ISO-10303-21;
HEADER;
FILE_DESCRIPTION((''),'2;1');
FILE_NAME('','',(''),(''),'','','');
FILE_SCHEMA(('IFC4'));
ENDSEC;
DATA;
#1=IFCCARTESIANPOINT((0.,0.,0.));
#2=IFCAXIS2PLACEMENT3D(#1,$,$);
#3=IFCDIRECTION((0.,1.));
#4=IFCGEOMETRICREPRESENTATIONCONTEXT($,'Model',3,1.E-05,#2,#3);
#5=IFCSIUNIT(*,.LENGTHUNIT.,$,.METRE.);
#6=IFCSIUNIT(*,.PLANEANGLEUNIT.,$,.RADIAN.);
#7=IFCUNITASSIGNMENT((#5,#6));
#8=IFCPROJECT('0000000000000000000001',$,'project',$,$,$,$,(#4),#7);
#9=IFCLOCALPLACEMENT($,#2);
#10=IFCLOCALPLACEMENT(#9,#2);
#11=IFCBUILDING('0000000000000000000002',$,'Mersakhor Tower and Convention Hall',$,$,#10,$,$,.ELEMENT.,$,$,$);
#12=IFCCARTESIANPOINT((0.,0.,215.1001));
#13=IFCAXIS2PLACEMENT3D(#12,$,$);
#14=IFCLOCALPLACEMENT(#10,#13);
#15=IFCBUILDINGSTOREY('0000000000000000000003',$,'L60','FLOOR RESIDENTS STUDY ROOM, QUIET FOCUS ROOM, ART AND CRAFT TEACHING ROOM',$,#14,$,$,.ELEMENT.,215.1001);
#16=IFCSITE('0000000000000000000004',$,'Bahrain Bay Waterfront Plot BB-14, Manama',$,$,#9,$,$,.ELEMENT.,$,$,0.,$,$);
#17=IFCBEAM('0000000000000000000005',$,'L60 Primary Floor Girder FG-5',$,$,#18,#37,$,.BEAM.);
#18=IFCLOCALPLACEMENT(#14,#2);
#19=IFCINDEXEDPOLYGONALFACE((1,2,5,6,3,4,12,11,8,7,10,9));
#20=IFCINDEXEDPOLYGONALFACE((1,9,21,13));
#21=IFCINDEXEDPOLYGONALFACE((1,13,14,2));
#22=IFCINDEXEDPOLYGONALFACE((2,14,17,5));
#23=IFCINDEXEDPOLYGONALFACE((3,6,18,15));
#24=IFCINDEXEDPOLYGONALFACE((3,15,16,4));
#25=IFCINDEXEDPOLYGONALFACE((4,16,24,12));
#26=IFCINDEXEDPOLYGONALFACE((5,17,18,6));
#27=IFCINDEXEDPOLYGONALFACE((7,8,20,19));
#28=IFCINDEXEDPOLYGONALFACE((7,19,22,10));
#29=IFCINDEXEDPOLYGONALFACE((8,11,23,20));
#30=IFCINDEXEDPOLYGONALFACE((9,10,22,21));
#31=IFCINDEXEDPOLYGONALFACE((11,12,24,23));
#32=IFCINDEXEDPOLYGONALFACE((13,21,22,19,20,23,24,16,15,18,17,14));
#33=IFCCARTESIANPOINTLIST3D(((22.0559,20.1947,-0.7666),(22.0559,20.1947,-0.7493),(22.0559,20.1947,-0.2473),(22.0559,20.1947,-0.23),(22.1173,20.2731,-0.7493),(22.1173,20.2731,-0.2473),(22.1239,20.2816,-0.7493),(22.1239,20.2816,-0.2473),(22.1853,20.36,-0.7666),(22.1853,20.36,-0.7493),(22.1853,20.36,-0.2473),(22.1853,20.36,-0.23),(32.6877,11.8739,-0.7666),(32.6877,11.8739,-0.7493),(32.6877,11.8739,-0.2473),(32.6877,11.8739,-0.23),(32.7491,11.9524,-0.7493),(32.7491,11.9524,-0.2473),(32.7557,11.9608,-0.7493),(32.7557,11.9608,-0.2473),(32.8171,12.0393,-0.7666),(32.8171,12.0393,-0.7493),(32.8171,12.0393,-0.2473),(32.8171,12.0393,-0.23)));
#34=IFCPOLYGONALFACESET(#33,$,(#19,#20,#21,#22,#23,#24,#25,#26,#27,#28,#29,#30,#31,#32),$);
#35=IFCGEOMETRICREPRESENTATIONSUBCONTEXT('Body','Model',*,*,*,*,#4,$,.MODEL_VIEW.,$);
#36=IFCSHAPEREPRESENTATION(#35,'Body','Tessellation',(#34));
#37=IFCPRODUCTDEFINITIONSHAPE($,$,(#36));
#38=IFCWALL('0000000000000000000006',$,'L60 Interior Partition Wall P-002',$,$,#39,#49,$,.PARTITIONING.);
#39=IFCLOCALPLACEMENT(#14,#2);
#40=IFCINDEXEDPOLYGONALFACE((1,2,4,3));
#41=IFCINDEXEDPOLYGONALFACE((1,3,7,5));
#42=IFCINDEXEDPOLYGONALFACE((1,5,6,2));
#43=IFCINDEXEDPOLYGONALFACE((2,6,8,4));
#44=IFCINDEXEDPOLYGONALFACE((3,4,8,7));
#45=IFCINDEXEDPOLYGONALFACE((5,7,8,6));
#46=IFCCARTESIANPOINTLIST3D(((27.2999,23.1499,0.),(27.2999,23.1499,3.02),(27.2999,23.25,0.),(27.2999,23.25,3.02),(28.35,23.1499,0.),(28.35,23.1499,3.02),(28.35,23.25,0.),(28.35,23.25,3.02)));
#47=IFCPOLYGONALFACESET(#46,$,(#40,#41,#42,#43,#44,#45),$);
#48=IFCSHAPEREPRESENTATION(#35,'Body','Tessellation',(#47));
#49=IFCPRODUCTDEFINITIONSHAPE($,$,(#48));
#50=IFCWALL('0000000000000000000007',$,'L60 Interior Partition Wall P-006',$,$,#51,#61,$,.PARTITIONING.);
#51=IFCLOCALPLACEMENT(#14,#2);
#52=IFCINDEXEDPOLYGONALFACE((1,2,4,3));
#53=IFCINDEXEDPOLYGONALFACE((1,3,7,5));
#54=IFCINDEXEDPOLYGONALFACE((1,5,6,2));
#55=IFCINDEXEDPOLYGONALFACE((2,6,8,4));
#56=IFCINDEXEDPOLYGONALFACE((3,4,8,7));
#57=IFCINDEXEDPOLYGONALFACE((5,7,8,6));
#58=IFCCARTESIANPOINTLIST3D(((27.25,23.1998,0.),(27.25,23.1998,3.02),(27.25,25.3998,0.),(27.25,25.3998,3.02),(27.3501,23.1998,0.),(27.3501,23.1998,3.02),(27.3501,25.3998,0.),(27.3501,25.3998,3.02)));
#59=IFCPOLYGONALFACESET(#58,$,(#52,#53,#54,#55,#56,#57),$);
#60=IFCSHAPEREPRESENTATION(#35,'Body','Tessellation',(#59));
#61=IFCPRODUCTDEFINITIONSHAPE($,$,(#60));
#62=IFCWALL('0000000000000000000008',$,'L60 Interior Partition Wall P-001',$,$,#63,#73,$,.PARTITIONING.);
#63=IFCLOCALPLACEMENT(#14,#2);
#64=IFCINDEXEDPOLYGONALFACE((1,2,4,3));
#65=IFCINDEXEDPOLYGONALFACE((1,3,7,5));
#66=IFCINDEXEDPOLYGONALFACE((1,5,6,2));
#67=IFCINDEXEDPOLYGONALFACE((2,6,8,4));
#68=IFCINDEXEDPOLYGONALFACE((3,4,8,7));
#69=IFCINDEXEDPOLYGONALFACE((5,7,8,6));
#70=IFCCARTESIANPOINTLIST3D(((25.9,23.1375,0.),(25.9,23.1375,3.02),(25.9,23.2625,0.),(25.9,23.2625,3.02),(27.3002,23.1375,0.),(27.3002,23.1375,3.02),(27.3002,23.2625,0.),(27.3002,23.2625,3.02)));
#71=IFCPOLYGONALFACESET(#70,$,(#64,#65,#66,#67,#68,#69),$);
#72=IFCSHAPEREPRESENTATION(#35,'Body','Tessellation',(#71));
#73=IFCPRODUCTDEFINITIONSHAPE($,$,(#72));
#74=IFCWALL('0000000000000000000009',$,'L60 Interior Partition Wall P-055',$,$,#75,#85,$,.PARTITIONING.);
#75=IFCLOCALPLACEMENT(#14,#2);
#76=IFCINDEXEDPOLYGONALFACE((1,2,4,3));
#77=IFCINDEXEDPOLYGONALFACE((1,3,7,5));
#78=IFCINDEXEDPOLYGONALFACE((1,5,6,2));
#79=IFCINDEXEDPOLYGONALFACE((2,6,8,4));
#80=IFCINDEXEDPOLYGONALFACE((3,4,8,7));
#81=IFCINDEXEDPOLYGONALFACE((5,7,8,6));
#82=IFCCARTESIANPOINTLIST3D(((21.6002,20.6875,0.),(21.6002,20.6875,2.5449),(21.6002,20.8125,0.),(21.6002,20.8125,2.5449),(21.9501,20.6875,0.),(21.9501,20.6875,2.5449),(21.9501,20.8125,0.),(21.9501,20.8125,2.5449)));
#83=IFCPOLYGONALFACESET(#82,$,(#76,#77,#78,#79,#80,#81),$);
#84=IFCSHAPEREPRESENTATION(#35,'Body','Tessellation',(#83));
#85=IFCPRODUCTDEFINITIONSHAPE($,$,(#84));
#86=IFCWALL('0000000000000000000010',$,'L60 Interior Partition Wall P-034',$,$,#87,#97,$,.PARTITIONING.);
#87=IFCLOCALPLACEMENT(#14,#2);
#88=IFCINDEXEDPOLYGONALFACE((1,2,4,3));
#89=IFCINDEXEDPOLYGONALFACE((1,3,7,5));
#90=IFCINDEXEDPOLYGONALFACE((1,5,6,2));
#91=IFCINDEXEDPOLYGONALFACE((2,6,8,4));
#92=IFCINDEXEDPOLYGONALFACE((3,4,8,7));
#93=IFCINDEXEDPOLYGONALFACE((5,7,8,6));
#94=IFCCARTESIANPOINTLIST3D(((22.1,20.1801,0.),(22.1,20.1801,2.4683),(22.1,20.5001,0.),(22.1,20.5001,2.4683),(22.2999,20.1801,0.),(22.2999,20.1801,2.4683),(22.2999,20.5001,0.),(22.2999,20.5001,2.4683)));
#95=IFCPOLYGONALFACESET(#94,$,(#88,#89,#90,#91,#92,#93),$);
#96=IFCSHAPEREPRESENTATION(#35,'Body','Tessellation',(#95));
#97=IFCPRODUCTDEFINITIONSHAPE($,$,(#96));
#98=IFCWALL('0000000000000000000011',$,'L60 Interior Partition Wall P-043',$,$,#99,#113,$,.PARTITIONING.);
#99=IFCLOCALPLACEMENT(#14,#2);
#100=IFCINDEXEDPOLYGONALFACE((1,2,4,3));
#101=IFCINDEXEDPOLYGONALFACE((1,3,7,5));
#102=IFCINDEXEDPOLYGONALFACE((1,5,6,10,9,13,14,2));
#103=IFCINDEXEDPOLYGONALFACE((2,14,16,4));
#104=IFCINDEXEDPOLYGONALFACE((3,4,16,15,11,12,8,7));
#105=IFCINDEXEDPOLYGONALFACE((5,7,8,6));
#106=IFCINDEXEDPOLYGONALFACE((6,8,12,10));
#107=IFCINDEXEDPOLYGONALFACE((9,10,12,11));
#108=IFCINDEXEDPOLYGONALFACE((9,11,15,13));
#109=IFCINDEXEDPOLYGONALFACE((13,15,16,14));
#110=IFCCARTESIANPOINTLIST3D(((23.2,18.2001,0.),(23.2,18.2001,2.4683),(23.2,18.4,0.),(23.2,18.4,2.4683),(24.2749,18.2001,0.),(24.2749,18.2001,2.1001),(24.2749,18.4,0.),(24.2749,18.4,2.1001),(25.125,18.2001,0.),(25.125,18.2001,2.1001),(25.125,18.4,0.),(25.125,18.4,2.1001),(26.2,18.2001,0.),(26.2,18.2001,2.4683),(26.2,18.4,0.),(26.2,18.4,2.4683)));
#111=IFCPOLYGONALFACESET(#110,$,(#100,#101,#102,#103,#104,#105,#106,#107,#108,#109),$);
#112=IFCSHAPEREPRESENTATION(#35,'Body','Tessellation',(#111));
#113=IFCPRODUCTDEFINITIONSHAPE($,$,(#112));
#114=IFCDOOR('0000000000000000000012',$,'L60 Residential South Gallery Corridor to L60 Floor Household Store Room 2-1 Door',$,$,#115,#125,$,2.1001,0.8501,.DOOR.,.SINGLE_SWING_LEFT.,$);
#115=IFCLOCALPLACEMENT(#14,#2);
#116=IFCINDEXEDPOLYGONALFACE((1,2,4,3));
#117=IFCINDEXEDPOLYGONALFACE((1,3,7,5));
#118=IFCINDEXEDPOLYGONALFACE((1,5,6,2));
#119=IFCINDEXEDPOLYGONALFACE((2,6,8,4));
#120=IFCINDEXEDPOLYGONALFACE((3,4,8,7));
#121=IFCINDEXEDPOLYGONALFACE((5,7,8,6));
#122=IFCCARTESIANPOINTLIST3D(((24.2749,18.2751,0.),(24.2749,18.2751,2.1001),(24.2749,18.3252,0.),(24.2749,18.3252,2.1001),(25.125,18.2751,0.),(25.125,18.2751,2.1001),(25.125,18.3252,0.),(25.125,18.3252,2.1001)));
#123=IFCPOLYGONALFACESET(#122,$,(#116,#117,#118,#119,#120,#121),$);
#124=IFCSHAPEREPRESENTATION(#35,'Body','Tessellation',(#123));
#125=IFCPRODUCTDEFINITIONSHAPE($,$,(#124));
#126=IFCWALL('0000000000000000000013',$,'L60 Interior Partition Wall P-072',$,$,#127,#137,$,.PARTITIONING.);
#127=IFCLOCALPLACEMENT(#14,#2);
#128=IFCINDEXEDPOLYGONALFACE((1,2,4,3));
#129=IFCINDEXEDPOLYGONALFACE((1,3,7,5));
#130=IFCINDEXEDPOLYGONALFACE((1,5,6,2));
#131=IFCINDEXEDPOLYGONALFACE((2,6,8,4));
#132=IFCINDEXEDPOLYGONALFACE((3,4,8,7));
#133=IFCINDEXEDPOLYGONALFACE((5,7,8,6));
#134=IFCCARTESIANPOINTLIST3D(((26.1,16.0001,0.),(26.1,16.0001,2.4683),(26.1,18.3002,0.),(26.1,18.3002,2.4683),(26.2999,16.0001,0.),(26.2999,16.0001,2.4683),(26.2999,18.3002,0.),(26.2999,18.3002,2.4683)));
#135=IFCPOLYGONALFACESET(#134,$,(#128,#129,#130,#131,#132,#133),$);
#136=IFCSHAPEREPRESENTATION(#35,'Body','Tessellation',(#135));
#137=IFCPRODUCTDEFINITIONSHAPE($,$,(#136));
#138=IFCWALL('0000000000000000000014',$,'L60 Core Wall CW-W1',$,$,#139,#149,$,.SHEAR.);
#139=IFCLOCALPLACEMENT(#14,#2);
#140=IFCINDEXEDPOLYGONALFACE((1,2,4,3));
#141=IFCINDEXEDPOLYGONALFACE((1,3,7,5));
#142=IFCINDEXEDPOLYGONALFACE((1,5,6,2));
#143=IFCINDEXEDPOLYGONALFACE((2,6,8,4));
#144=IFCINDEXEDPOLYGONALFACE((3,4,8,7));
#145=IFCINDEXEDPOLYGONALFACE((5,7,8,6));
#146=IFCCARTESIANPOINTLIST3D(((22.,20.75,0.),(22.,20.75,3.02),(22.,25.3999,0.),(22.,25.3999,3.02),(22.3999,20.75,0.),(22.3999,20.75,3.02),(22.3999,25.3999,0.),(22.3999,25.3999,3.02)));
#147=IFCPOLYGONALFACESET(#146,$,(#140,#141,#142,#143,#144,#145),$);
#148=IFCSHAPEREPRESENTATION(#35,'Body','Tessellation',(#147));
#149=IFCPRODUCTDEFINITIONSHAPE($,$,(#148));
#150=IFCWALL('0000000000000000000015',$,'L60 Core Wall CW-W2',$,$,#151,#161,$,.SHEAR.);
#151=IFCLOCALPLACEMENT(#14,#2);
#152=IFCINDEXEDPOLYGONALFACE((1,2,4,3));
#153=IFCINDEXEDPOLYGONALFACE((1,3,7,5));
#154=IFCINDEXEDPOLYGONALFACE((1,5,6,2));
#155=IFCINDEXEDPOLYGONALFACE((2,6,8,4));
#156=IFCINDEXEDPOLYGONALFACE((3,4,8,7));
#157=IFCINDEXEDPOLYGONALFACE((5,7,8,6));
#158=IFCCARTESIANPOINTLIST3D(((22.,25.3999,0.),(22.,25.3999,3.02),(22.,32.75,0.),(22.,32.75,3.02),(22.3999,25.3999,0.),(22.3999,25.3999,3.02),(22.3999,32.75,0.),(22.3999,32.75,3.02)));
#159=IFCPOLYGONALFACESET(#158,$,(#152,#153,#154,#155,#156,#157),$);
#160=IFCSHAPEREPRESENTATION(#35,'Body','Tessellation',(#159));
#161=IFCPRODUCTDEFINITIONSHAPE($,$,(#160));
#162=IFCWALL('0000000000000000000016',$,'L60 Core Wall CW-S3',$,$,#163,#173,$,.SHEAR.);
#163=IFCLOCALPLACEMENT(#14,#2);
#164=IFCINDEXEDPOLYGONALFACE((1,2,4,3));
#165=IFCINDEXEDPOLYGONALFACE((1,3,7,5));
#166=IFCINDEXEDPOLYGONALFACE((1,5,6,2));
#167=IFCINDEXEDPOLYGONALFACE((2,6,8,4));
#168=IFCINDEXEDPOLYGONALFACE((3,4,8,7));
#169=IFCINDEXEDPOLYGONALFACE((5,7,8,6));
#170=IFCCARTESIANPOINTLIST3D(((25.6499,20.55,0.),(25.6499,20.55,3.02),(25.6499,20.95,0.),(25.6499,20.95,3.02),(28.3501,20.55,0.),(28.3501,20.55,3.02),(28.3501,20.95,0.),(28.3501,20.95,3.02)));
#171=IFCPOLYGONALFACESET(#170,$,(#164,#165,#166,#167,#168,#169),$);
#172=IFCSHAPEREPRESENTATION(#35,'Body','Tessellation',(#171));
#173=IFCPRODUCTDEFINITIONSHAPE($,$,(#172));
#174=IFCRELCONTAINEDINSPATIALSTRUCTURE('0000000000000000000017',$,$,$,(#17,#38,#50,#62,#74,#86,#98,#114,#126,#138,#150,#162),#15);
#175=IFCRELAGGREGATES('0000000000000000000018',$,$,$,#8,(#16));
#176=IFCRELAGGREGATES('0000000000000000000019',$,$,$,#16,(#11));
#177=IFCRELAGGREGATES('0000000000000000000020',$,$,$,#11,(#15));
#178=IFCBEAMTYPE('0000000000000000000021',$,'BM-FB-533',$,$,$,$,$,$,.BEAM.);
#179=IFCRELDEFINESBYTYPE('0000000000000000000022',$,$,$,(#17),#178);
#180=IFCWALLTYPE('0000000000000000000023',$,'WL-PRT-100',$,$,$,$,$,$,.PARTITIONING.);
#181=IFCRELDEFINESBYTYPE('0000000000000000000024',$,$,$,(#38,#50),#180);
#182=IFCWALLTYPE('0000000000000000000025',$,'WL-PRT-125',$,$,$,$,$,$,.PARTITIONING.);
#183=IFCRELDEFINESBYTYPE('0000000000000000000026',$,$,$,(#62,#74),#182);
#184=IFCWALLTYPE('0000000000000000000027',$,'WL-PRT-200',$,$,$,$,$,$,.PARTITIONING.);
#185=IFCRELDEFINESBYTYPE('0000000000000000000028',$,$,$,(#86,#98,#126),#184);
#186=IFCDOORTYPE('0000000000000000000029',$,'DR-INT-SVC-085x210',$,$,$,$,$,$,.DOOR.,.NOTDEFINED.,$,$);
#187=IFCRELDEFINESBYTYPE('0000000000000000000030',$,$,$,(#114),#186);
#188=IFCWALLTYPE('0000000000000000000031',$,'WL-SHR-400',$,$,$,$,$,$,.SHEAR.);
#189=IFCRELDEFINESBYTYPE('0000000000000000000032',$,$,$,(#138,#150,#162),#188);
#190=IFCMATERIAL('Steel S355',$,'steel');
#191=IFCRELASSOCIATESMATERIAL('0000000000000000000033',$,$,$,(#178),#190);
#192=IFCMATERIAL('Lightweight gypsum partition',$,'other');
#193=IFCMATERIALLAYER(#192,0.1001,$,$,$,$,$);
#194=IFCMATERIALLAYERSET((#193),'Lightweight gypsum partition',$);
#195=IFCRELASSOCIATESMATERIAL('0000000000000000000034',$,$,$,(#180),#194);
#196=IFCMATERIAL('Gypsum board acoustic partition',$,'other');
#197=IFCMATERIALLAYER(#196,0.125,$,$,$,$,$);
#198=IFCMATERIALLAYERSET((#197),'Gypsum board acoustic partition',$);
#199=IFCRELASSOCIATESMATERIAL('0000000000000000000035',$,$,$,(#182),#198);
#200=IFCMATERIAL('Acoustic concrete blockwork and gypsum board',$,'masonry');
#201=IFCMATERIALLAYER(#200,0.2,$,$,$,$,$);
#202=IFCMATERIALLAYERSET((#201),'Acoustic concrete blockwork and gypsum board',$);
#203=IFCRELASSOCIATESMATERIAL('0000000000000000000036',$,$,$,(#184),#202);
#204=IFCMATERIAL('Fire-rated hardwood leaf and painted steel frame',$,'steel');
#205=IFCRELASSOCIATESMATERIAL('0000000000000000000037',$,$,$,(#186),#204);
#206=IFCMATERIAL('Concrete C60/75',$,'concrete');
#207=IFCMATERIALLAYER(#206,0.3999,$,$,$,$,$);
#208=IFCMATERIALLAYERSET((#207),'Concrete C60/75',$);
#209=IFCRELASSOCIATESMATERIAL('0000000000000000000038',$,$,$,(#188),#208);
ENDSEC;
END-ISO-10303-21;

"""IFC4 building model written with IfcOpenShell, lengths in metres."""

from ifc_helpers import new_model, si_unit, direction, frame, frame_2d, origin, origin_2d, place, context, subcontext, project, spatial, rectangle, i_section, extrude, material, layer, layer_set, material_profile, profile_set, type_object, element, fill, save


model = new_model("IFC4")

# Units and contexts
model_context = context("Model", 3, precision=1e-05, world=origin(), true_north=direction((0.0, 1.0)))
body_context = subcontext(model_context, "Body", "Model", "MODEL_VIEW")
ifc_project = project(units=[si_unit("LENGTHUNIT", "METRE"), si_unit("PLANEANGLEUNIT", "RADIAN")], contexts=[model_context])

# Site, building, storey
site_placement = place(None, origin())
site = spatial("IfcSite", under=ifc_project, at=site_placement, Name="Bahrain Bay Waterfront Plot BB-14, Manama", CompositionType="ELEMENT", RefElevation=0.0)
building_placement = place(site_placement, origin())
building = spatial("IfcBuilding", under=site, at=building_placement, Name="Mersakhor Tower and Convention Hall", CompositionType="ELEMENT")
storey_placement = place(building_placement, frame((0.0, 0.0, 215.1001)))
storey = spatial("IfcBuildingStorey", under=building, at=storey_placement, Name="L60", Description="FLOOR RESIDENTS STUDY ROOM, QUIET FOCUS ROOM, ART AND CRAFT TEACHING ROOM", CompositionType="ELEMENT", Elevation=215.1001)

# Beam
ifc_material_1 = material(Name="Steel S355", Category="steel")
ifc_material_profile = material_profile(ifc_material_1, i_section(OverallWidth=0.21, OverallDepth=0.5366, WebThickness=0.0107, FlangeThickness=0.0173, at=origin_2d()), Name="UB 533x210x101")
ifc_profile_set = profile_set([ifc_material_profile], Name="Steel S355")
beam_type = type_object("IfcBeamType", Name="BM-FB-533", PredefinedType="BEAM", material=ifc_profile_set)
beam_placement = place(storey_placement, frame((22.1206, 20.2773, -0.4983), z_axis=(0.787497, -0.616319, 0.0), x_axis=(0.616319, 0.787497, 0.0)))
element("IfcBeam", 1, at=beam_placement, inside=storey, type_object=beam_type, Name="L60 Primary Floor Girder FG-5", PredefinedType="BEAM", context=body_context, shape_type="SweptSolid", body=[
    extrude(i_section(OverallWidth=0.21, OverallDepth=0.5366, WebThickness=0.0107, FlangeThickness=0.0173, at=origin_2d()), origin(), (0.0, 0.0, 1.0), 13.5007),
])

# Walls
ifc_material_2 = material(Name="Lightweight gypsum partition", Category="other")
ifc_layer_1 = layer(ifc_material_2, 0.1001)
ifc_layer_set_1 = layer_set([ifc_layer_1], Name="Lightweight gypsum partition")
wall_type_1 = type_object("IfcWallType", Name="WL-PRT-100", PredefinedType="PARTITIONING", material=ifc_layer_set_1)
wall_1_placement = place(storey_placement, frame((27.3, 23.2, 0.0), z_axis=(0.0, 0.0, 1.0), x_axis=(1.0, 0.0, 0.0)))
element("IfcWall", 2, at=wall_1_placement, inside=storey, type_object=wall_type_1, Name="L60 Interior Partition Wall P-002", PredefinedType="PARTITIONING", context=body_context, shape_type="SweptSolid", body=[
    extrude(rectangle(XDim=1.05, YDim=0.1001, at=frame_2d((0.5249, 0.0))), origin(), (0.0, 0.0, 1.0), 3.02),
])
wall_2_placement = place(storey_placement, frame((27.3, 25.3999, 0.0), z_axis=(0.0, 0.0, 1.0), x_axis=(0.0, -1.0, 0.0)))
element("IfcWall", 3, at=wall_2_placement, inside=storey, type_object=wall_type_1, Name="L60 Interior Partition Wall P-006", PredefinedType="PARTITIONING", context=body_context, shape_type="SweptSolid", body=[
    extrude(rectangle(XDim=2.2, YDim=0.1001, at=frame_2d((1.1001, 0.0))), origin(), (0.0, 0.0, 1.0), 3.02),
])
ifc_material_3 = material(Name="Gypsum board acoustic partition", Category="other")
ifc_layer_2 = layer(ifc_material_3, 0.125)
ifc_layer_set_2 = layer_set([ifc_layer_2], Name="Gypsum board acoustic partition")
wall_type_2 = type_object("IfcWallType", Name="WL-PRT-125", PredefinedType="PARTITIONING", material=ifc_layer_set_2)
wall_3_placement = place(storey_placement, frame((25.8999, 23.2, 0.0), z_axis=(0.0, 0.0, 1.0), x_axis=(1.0, 0.0, 0.0)))
element("IfcWall", 4, at=wall_3_placement, inside=storey, type_object=wall_type_2, Name="L60 Interior Partition Wall P-001", PredefinedType="PARTITIONING", context=body_context, shape_type="SweptSolid", body=[
    extrude(rectangle(XDim=1.4001, YDim=0.125, at=frame_2d((0.7002, 0.0))), origin(), (0.0, 0.0, 1.0), 3.02),
])
wall_4_placement = place(storey_placement, frame((21.95, 20.75, 0.0), z_axis=(0.0, 0.0, 1.0), x_axis=(-1.0, 0.0, 0.0)))
element("IfcWall", 5, at=wall_4_placement, inside=storey, type_object=wall_type_2, Name="L60 Interior Partition Wall P-055", PredefinedType="PARTITIONING", context=body_context, shape_type="SweptSolid", body=[
    extrude(rectangle(XDim=0.3499, YDim=0.125, at=frame_2d((0.1748, 0.0))), origin(), (0.0, 0.0, 1.0), 2.5449),
])

# Shared definitions
ifc_material_4 = material(Name="Acoustic concrete blockwork and gypsum board", Category="masonry")
ifc_layer_3 = layer(ifc_material_4, 0.2)
ifc_layer_set_3 = layer_set([ifc_layer_3], Name="Acoustic concrete blockwork and gypsum board")
wall_type_3 = type_object("IfcWallType", Name="WL-PRT-200", PredefinedType="PARTITIONING", material=ifc_layer_set_3)

# Wall
wall_5_placement = place(storey_placement, frame((22.2, 20.1799, 0.0), z_axis=(0.0, 0.0, 1.0), x_axis=(0.0, 1.0, 0.0)))
element("IfcWall", 6, at=wall_5_placement, inside=storey, type_object=wall_type_3, Name="L60 Interior Partition Wall P-034", PredefinedType="PARTITIONING", context=body_context, shape_type="SweptSolid", body=[
    extrude(rectangle(XDim=0.3201, YDim=0.2, at=frame_2d((0.1602, 0.0))), origin(), (0.0, 0.0, 1.0), 2.4683),
])

# Wall, opening, door
wall_6_placement = place(storey_placement, frame((26.2, 18.3, 0.0), z_axis=(0.0, 0.0, 1.0), x_axis=(-1.0, 0.0, 0.0)))
wall_6 = element("IfcWall", 7, at=wall_6_placement, inside=storey, type_object=wall_type_3, Name="L60 Interior Partition Wall P-043", PredefinedType="PARTITIONING", context=body_context, shape_type="SweptSolid", body=[
    extrude(rectangle(XDim=3.0, YDim=0.2, at=frame_2d((1.5, 0.0))), origin(), (0.0, 0.0, 1.0), 2.4683),
])
opening_1_placement = place(wall_6_placement, frame((1.075, 0.0, 0.0)))
opening_1 = element("IfcOpeningElement", 8, at=opening_1_placement, cuts=wall_6, PredefinedType="OPENING", context=body_context, shape_type="SweptSolid", body=[
    extrude(rectangle(XDim=0.8501, YDim=2.1001, at=frame_2d((0.425, 1.05))), frame((0.0, 0.1099, 0.0), z_axis=(0.0, -1.0, 0.0), x_axis=(1.0, 0.0, 0.0)), (0.0, 0.0, 1.0), 0.22),
])
ifc_material_5 = material(Name="Fire-rated hardwood leaf and painted steel frame", Category="steel")
door_type_1 = type_object("IfcDoorType", Name="DR-INT-SVC-085x210", OperationType="NOTDEFINED", PredefinedType="DOOR", material=ifc_material_5)
door_1_placement = place(opening_1_placement, origin())
door_1 = element("IfcDoor", 9, at=door_1_placement, inside=storey, type_object=door_type_1, Name="L60 Residential South Gallery Corridor to L60 Floor Household Store Room 2-1 Door", OperationType="SINGLE_SWING_LEFT", OverallHeight=2.1001, OverallWidth=0.8501, PredefinedType="DOOR", context=body_context, shape_type="SweptSolid", body=[
    extrude(rectangle(XDim=0.8501, YDim=2.1001, at=frame_2d((0.425, 1.05))), frame((0.0, 0.0249, 0.0), z_axis=(0.0, -1.0, 0.0), x_axis=(1.0, 0.0, 0.0)), (0.0, 0.0, 1.0), 0.05),
])
fill(opening_1, door_1)

# Wall
wall_7_placement = place(storey_placement, frame((26.2, 18.3, 0.0), z_axis=(0.0, 0.0, 1.0), x_axis=(0.0, -1.0, 0.0)))
element("IfcWall", 10, at=wall_7_placement, inside=storey, type_object=wall_type_3, Name="L60 Interior Partition Wall P-072", PredefinedType="PARTITIONING", context=body_context, shape_type="SweptSolid", body=[
    extrude(rectangle(XDim=2.3, YDim=0.2, at=frame_2d((1.1499, 0.0))), origin(), (0.0, 0.0, 1.0), 2.4683),
])

# Walls
ifc_material_6 = material(Name="Concrete C60/75", Category="concrete")
ifc_layer_4 = layer(ifc_material_6, 0.3999)
ifc_layer_set_4 = layer_set([ifc_layer_4], Name="Concrete C60/75")
wall_type_4 = type_object("IfcWallType", Name="WL-SHR-400", PredefinedType="SHEAR", material=ifc_layer_set_4)
wall_8_placement = place(storey_placement, frame((22.2, 20.75, 0.0), z_axis=(0.0, 0.0, 1.0), x_axis=(0.0, 1.0, 0.0)))
element("IfcWall", 11, at=wall_8_placement, inside=storey, type_object=wall_type_4, Name="L60 Core Wall CW-W1", PredefinedType="SHEAR", context=body_context, shape_type="SweptSolid", body=[
    extrude(rectangle(XDim=4.6499, YDim=0.3999, at=frame_2d((2.325, 0.0))), origin(), (0.0, 0.0, 1.0), 3.02),
])
wall_9_placement = place(storey_placement, frame((22.2, 25.3999, 0.0), z_axis=(0.0, 0.0, 1.0), x_axis=(0.0, 1.0, 0.0)))
element("IfcWall", 12, at=wall_9_placement, inside=storey, type_object=wall_type_4, Name="L60 Core Wall CW-W2", PredefinedType="SHEAR", context=body_context, shape_type="SweptSolid", body=[
    extrude(rectangle(XDim=7.3501, YDim=0.3999, at=frame_2d((3.675, 0.0))), origin(), (0.0, 0.0, 1.0), 3.02),
])
wall_10_placement = place(storey_placement, frame((28.3501, 20.75, 0.0), z_axis=(0.0, 0.0, 1.0), x_axis=(-1.0, 0.0, 0.0)))
element("IfcWall", 13, at=wall_10_placement, inside=storey, type_object=wall_type_4, Name="L60 Core Wall CW-S3", PredefinedType="SHEAR", context=body_context, shape_type="SweptSolid", body=[
    extrude(rectangle(XDim=2.7002, YDim=0.3999, at=frame_2d((1.3501, 0.0))), origin(), (0.0, 0.0, 1.0), 3.02),
])

save(model, "model.ifc")
